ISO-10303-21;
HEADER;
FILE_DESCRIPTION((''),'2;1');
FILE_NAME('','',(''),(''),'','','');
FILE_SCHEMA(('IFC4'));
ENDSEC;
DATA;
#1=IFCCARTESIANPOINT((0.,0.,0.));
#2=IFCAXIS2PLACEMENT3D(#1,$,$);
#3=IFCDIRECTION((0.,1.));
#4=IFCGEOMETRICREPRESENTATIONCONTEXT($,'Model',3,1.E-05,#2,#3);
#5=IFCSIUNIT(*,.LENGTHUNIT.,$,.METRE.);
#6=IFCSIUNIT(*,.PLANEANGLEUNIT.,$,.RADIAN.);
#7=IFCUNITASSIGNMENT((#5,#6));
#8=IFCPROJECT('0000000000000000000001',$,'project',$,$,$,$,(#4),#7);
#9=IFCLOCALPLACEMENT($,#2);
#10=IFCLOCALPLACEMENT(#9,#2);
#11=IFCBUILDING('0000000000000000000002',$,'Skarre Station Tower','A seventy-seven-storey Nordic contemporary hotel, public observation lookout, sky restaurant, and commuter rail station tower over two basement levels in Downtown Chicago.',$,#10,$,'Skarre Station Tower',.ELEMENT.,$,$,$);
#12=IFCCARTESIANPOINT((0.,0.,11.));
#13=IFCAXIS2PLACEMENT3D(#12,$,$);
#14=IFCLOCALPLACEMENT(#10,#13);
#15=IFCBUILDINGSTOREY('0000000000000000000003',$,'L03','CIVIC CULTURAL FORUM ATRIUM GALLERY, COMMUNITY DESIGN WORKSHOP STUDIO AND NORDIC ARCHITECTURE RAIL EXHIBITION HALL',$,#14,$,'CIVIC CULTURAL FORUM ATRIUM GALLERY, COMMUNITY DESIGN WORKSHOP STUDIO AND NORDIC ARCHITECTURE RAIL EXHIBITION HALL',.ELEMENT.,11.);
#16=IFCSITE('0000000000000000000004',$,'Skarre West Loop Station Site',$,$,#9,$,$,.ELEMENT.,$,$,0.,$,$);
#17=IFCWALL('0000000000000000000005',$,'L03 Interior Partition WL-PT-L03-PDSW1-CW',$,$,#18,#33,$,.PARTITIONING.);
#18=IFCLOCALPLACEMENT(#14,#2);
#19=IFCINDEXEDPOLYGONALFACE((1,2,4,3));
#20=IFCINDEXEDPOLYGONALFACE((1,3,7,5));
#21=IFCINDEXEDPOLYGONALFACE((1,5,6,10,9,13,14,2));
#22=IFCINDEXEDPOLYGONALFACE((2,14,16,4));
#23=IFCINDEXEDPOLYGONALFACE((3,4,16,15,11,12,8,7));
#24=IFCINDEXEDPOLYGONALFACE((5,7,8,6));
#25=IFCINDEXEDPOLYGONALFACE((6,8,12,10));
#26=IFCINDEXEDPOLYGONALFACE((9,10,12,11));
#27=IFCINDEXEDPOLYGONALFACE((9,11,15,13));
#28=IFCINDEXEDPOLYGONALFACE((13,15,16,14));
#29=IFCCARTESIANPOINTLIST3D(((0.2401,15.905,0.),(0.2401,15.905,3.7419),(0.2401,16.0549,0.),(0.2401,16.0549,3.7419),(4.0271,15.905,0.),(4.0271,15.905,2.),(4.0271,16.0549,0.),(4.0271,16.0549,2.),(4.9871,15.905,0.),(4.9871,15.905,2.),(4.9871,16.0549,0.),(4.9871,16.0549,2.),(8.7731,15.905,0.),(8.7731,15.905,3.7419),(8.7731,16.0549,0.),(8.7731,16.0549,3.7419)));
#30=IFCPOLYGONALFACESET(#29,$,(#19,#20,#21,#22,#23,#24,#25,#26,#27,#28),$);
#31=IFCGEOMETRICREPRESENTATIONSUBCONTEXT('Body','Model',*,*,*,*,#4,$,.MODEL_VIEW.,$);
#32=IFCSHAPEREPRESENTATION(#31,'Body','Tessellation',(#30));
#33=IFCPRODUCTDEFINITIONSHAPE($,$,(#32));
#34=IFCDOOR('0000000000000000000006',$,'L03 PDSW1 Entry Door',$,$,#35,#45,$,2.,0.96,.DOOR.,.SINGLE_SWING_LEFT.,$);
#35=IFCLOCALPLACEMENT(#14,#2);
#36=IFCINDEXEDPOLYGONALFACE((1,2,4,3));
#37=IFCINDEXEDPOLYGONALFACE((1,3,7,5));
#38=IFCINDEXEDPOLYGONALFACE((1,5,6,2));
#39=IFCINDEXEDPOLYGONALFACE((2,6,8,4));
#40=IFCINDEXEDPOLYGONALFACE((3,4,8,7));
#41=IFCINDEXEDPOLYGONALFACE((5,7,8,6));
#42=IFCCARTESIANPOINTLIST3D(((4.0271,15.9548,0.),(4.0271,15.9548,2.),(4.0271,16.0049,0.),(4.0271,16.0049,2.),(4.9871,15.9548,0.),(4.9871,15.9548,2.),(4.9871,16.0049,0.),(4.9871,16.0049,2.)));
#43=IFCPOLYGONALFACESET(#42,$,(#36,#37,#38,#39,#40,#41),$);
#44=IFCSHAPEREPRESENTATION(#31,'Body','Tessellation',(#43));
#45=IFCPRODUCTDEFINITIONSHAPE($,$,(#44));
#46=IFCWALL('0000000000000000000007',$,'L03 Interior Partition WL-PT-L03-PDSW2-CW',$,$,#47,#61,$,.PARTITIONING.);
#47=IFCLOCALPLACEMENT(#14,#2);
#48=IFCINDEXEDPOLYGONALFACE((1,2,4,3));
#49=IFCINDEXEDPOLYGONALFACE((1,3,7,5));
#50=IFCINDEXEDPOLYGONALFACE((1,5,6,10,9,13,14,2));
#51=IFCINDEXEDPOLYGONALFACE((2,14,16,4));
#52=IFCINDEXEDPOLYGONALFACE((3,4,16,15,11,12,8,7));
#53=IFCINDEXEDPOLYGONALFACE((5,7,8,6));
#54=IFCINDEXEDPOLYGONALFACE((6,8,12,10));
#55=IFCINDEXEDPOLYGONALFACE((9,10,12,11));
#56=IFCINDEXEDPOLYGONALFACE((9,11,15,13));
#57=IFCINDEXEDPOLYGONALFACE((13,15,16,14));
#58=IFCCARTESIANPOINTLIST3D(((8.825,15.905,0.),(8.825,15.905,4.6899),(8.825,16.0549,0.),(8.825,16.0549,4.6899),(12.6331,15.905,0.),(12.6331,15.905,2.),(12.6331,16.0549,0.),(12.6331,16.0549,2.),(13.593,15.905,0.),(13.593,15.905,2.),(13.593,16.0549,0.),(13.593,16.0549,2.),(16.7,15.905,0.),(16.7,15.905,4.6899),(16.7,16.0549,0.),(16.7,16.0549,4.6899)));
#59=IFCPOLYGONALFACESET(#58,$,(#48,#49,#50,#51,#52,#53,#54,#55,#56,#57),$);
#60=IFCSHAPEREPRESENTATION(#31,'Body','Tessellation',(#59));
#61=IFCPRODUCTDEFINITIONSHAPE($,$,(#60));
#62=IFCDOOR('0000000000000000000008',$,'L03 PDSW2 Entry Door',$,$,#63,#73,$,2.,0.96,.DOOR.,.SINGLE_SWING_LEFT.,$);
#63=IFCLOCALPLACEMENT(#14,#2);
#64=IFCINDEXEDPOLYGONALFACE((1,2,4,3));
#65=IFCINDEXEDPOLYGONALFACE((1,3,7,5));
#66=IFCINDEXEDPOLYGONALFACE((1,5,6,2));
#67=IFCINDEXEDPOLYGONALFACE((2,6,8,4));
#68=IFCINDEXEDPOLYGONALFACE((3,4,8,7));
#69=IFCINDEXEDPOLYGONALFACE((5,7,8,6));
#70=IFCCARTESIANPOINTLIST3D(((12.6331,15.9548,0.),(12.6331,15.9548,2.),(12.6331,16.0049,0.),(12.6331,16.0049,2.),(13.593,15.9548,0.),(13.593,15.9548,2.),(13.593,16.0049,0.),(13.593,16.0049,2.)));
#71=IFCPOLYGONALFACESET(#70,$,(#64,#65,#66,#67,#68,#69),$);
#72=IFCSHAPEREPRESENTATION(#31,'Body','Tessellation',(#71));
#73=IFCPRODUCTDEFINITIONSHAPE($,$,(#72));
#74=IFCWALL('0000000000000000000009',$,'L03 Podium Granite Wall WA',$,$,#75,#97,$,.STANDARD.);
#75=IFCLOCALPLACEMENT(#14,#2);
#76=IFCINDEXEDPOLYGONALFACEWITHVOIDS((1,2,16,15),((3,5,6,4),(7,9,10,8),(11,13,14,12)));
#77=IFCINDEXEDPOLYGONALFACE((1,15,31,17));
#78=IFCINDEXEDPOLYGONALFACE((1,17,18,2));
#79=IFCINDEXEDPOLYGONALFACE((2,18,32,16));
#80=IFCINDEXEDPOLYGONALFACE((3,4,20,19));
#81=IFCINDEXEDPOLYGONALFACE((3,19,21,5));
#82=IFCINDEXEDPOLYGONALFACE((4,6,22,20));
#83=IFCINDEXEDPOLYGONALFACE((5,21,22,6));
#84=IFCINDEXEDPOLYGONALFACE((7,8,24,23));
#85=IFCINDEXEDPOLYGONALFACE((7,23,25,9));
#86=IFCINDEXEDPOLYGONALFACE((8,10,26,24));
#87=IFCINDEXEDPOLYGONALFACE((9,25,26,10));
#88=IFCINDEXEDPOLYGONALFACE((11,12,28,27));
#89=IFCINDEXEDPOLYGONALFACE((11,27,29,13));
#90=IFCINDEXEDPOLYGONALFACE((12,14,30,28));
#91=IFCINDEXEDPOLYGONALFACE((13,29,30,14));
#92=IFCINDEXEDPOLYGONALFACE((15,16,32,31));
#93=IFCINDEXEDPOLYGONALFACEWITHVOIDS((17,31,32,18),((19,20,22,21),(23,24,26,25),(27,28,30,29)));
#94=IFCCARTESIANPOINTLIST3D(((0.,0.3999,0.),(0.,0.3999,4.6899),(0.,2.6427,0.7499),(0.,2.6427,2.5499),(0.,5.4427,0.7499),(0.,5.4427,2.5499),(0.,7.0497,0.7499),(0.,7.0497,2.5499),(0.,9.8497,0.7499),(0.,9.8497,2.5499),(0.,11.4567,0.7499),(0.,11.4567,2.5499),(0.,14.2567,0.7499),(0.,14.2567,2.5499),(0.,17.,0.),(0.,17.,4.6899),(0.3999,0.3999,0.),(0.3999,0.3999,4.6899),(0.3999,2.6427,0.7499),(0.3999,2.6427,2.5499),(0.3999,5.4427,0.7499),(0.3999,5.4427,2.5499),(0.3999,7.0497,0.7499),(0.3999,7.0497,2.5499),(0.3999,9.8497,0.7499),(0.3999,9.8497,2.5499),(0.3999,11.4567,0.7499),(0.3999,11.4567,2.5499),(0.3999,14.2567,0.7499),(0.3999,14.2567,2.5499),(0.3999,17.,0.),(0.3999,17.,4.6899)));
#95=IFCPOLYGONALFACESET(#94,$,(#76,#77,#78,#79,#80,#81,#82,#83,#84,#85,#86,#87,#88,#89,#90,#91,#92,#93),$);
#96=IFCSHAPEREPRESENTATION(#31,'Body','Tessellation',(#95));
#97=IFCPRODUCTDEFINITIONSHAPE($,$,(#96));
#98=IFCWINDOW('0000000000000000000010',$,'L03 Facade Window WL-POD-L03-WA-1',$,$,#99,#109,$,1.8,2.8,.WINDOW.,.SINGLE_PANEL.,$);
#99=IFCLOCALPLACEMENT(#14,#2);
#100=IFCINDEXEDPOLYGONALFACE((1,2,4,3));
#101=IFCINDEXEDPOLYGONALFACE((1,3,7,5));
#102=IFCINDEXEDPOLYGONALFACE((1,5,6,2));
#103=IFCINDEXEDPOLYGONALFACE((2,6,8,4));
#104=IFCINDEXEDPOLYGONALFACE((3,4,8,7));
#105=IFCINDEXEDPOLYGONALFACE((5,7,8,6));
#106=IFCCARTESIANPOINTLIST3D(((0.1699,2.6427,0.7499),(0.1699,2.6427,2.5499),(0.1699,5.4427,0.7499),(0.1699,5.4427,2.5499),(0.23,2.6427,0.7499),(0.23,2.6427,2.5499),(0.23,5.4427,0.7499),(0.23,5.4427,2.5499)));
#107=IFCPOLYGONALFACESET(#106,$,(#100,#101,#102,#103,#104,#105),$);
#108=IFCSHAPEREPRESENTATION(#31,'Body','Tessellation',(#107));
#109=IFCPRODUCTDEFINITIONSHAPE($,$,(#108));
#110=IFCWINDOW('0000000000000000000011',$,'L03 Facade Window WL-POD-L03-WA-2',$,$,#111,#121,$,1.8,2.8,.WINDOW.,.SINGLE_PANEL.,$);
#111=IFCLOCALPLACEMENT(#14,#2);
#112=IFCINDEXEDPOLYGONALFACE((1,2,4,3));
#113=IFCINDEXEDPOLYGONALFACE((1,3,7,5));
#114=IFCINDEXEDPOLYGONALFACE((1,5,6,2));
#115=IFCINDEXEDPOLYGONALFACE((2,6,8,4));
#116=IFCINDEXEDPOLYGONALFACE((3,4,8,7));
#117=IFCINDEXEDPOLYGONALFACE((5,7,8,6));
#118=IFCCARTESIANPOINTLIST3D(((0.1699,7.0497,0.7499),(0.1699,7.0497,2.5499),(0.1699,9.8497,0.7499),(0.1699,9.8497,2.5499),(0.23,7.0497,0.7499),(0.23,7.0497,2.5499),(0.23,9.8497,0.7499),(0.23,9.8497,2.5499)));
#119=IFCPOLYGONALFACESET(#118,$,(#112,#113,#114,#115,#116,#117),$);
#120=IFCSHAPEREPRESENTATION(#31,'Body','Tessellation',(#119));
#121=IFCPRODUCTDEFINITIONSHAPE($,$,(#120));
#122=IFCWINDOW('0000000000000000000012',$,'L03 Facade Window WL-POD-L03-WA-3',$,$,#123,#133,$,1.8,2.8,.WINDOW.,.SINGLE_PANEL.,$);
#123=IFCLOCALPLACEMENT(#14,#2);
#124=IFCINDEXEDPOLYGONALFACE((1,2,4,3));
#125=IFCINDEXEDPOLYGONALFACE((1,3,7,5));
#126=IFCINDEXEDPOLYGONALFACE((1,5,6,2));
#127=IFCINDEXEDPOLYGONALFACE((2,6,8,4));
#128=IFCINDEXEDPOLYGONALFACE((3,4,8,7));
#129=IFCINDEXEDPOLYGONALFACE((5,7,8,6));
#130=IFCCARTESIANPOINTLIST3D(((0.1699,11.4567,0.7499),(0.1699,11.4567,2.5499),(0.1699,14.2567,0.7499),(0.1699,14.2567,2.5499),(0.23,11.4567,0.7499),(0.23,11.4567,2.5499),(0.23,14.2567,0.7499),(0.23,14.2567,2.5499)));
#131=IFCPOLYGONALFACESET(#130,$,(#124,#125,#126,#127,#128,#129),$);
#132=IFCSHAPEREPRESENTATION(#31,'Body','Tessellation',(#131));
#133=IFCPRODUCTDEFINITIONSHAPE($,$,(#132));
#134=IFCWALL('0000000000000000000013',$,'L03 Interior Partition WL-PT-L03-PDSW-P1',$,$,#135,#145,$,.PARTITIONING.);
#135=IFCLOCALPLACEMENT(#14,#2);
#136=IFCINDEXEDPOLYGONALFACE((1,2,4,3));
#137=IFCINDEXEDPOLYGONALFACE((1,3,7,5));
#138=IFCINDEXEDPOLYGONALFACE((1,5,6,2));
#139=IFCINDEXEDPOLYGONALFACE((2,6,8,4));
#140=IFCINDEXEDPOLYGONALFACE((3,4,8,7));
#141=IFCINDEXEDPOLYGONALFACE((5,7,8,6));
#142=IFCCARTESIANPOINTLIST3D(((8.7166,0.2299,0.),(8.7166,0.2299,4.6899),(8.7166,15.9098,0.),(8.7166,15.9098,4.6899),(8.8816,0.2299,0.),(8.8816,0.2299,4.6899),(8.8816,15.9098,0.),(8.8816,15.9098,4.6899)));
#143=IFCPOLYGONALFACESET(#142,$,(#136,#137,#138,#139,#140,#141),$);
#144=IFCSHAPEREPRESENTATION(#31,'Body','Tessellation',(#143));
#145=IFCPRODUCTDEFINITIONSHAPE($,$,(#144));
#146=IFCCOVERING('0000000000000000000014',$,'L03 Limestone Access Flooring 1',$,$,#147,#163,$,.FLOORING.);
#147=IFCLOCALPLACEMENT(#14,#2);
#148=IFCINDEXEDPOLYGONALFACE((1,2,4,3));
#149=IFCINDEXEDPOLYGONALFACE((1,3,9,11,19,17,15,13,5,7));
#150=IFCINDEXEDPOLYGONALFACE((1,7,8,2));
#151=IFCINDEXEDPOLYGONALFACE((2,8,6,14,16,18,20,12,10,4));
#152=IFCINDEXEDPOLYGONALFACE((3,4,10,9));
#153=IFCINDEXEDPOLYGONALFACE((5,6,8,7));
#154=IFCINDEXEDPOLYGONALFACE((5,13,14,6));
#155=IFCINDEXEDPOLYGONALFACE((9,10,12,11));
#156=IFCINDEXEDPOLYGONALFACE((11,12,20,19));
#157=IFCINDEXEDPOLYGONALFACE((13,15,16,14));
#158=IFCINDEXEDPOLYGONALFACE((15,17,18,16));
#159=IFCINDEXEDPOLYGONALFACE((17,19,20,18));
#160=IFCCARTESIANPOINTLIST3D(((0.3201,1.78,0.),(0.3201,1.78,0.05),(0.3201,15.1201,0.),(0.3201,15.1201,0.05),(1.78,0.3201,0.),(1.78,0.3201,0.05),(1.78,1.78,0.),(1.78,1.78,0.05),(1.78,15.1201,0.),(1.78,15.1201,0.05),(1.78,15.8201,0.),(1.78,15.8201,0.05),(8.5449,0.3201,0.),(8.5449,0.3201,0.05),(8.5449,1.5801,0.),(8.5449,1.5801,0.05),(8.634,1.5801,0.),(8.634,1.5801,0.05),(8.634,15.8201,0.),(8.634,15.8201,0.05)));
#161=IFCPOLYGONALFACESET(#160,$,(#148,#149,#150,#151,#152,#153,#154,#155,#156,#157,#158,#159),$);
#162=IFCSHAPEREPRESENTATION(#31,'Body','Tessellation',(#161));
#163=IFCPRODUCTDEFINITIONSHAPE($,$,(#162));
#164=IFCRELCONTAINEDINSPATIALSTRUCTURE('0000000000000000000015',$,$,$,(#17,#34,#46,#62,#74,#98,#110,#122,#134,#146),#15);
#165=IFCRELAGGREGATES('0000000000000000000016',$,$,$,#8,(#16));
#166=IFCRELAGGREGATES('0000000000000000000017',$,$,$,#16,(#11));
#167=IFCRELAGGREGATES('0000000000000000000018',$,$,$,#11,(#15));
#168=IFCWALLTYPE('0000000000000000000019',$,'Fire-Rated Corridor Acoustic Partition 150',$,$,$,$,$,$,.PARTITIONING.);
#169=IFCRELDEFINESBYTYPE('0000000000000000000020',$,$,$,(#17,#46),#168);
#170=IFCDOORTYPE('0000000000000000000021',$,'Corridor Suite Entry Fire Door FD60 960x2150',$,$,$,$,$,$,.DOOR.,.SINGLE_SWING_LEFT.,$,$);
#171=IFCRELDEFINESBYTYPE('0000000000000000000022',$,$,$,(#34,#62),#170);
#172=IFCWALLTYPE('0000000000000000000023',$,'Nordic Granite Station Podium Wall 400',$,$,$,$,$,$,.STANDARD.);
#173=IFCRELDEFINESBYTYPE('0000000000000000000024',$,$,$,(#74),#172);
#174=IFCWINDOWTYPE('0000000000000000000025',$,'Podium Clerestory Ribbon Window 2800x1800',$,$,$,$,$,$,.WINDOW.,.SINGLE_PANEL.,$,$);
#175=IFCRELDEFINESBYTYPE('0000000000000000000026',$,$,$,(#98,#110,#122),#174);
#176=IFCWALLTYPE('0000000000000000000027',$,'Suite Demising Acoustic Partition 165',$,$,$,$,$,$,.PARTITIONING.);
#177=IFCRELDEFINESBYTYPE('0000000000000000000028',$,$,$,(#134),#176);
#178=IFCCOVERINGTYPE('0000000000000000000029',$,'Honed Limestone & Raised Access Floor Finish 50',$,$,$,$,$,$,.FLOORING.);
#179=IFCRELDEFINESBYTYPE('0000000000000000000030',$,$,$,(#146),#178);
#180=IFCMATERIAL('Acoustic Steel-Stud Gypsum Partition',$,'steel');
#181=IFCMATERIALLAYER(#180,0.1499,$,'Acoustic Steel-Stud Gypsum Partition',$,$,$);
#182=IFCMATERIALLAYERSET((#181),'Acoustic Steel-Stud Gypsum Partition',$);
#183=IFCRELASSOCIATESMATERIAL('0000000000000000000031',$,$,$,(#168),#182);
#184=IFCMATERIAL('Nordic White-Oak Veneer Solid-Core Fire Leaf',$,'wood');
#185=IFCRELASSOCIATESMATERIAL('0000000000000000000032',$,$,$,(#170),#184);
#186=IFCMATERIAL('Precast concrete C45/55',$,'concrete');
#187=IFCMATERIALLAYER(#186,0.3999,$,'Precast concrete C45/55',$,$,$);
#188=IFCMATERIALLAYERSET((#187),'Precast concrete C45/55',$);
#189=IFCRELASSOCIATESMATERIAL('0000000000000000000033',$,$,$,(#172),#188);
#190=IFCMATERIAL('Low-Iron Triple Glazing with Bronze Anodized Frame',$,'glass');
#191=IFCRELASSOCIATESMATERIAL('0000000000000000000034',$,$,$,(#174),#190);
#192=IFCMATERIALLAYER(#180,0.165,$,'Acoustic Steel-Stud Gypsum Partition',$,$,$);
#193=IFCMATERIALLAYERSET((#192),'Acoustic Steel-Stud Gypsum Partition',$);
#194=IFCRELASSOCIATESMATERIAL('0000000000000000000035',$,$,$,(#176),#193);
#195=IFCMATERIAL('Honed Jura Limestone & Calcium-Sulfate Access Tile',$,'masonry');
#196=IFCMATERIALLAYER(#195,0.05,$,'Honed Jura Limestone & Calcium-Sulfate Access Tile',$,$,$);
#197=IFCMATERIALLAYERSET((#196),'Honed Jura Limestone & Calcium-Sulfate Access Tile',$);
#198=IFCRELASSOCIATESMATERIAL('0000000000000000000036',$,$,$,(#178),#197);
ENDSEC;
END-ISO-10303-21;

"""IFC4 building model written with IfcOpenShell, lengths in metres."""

from ifc_helpers import new_model, si_unit, direction, frame, frame_2d, origin, place, context, subcontext, project, spatial, polyline, rectangle, outline, extrude, material, layer, layer_set, type_object, element, fill, save


model = new_model("IFC4")

# Units and contexts
model_context = context("Model", 3, precision=1e-05, world=origin(), true_north=direction((0.0, 1.0)))
body_context = subcontext(model_context, "Body", "Model", "MODEL_VIEW")
ifc_project = project(units=[si_unit("LENGTHUNIT", "METRE"), si_unit("PLANEANGLEUNIT", "RADIAN")], contexts=[model_context])

# Site, building, storey
site_placement = place(None, origin())
site = spatial("IfcSite", under=ifc_project, at=site_placement, Name="Skarre West Loop Station Site", CompositionType="ELEMENT", RefElevation=0.0)
building_placement = place(site_placement, origin())
building = spatial("IfcBuilding", under=site, at=building_placement, Name="Skarre Station Tower", Description="A seventy-seven-storey Nordic contemporary hotel, public observation lookout, sky restaurant, and commuter rail station tower over two basement levels in Downtown Chicago.", LongName="Skarre Station Tower", CompositionType="ELEMENT")
storey_placement = place(building_placement, frame((0.0, 0.0, 11.0)))
storey = spatial("IfcBuildingStorey", under=building, at=storey_placement, Name="L03", Description="CIVIC CULTURAL FORUM ATRIUM GALLERY, COMMUNITY DESIGN WORKSHOP STUDIO AND NORDIC ARCHITECTURE RAIL EXHIBITION HALL", LongName="CIVIC CULTURAL FORUM ATRIUM GALLERY, COMMUNITY DESIGN WORKSHOP STUDIO AND NORDIC ARCHITECTURE RAIL EXHIBITION HALL", CompositionType="ELEMENT", Elevation=11.0)

# Walls, openings, doors
ifc_material_1 = material(Name="Acoustic Steel-Stud Gypsum Partition", Category="steel")
ifc_layer_1 = layer(ifc_material_1, 0.1499, Name="Acoustic Steel-Stud Gypsum Partition")
ifc_layer_set_1 = layer_set([ifc_layer_1], Name="Acoustic Steel-Stud Gypsum Partition")
wall_type_1 = type_object("IfcWallType", Name="Fire-Rated Corridor Acoustic Partition 150", PredefinedType="PARTITIONING", material=ifc_layer_set_1)
wall_1_placement = place(storey_placement, frame((0.24, 15.98, 0.0), z_axis=(0.0, 0.0, 1.0), x_axis=(1.0, 0.0, 0.0)))
wall_1 = element("IfcWall", 1, at=wall_1_placement, inside=storey, type_object=wall_type_1, Name="L03 Interior Partition WL-PT-L03-PDSW1-CW", PredefinedType="PARTITIONING", context=body_context, shape_type="SweptSolid", body=[
    extrude(rectangle(XDim=8.533, YDim=0.1499, at=frame_2d((4.2666, 0.0))), origin(), (0.0, 0.0, 1.0), 3.7419),
])
opening_1_placement = place(wall_1_placement, frame((3.7871, 0.0, 0.0)))
opening_1 = element("IfcOpeningElement", 2, at=opening_1_placement, cuts=wall_1, PredefinedType="OPENING", context=body_context, shape_type="SweptSolid", body=[
    extrude(rectangle(XDim=0.96, YDim=2.0, at=frame_2d((0.48, 1.0))), frame((0.0, 0.085, 0.0), z_axis=(0.0, -1.0, 0.0), x_axis=(1.0, 0.0, 0.0)), (0.0, 0.0, 1.0), 0.1699),
])
ifc_material_2 = material(Name="Nordic White-Oak Veneer Solid-Core Fire Leaf", Category="wood")
door_type = type_object("IfcDoorType", Name="Corridor Suite Entry Fire Door FD60 960x2150", OperationType="SINGLE_SWING_LEFT", PredefinedType="DOOR", material=ifc_material_2)
door_1_placement = place(opening_1_placement, origin())
door_1 = element("IfcDoor", 3, at=door_1_placement, inside=storey, type_object=door_type, Name="L03 PDSW1 Entry Door", OperationType="SINGLE_SWING_LEFT", OverallHeight=2.0, OverallWidth=0.96, PredefinedType="DOOR", context=body_context, shape_type="SweptSolid", body=[
    extrude(rectangle(XDim=0.96, YDim=2.0, at=frame_2d((0.48, 1.0))), frame((0.0, 0.0249, 0.0), z_axis=(0.0, -1.0, 0.0), x_axis=(1.0, 0.0, 0.0)), (0.0, 0.0, 1.0), 0.05),
])
fill(opening_1, door_1)
wall_2_placement = place(storey_placement, frame((8.825, 15.98, 0.0), z_axis=(0.0, 0.0, 1.0), x_axis=(1.0, 0.0, 0.0)))
wall_2 = element("IfcWall", 4, at=wall_2_placement, inside=storey, type_object=wall_type_1, Name="L03 Interior Partition WL-PT-L03-PDSW2-CW", PredefinedType="PARTITIONING", context=body_context, shape_type="SweptSolid", body=[
    extrude(rectangle(XDim=7.875, YDim=0.1499, at=frame_2d((3.9375, 0.0))), origin(), (0.0, 0.0, 1.0), 4.6899),
])
opening_2_placement = place(wall_2_placement, frame((3.8081, 0.0, 0.0)))
opening_2 = element("IfcOpeningElement", 5, at=opening_2_placement, cuts=wall_2, PredefinedType="OPENING", context=body_context, shape_type="SweptSolid", body=[
    extrude(rectangle(XDim=0.96, YDim=2.0, at=frame_2d((0.48, 1.0))), frame((0.0, 0.085, 0.0), z_axis=(0.0, -1.0, 0.0), x_axis=(1.0, 0.0, 0.0)), (0.0, 0.0, 1.0), 0.1699),
])
door_2_placement = place(opening_2_placement, origin())
door_2 = element("IfcDoor", 6, at=door_2_placement, inside=storey, type_object=door_type, Name="L03 PDSW2 Entry Door", OperationType="SINGLE_SWING_LEFT", OverallHeight=2.0, OverallWidth=0.96, PredefinedType="DOOR", context=body_context, shape_type="SweptSolid", body=[
    extrude(rectangle(XDim=0.96, YDim=2.0, at=frame_2d((0.48, 1.0))), frame((0.0, 0.0249, 0.0), z_axis=(0.0, -1.0, 0.0), x_axis=(1.0, 0.0, 0.0)), (0.0, 0.0, 1.0), 0.05),
])
fill(opening_2, door_2)

# Wall, openings, windows
ifc_material_3 = material(Name="Precast concrete C45/55", Category="concrete")
ifc_layer_2 = layer(ifc_material_3, 0.3999, Name="Precast concrete C45/55")
ifc_layer_set_2 = layer_set([ifc_layer_2], Name="Precast concrete C45/55")
wall_type_2 = type_object("IfcWallType", Name="Nordic Granite Station Podium Wall 400", PredefinedType="STANDARD", material=ifc_layer_set_2)
wall_3_placement = place(storey_placement, frame((0.2, 0.3999, 0.0), z_axis=(0.0, 0.0, 1.0), x_axis=(0.0, 1.0, 0.0)))
wall_3 = element("IfcWall", 7, at=wall_3_placement, inside=storey, type_object=wall_type_2, Name="L03 Podium Granite Wall WA", PredefinedType="STANDARD", context=body_context, shape_type="SweptSolid", body=[
    extrude(rectangle(XDim=16.6001, YDim=0.3999, at=frame_2d((8.3, 0.0))), origin(), (0.0, 0.0, 1.0), 4.6899),
])
opening_3_placement = place(wall_3_placement, frame((2.2429, 0.0, 0.75)))
opening_3 = element("IfcOpeningElement", 8, at=opening_3_placement, cuts=wall_3, PredefinedType="OPENING", context=body_context, shape_type="SweptSolid", body=[
    extrude(rectangle(XDim=2.8, YDim=1.8, at=frame_2d((1.3999, 0.8999))), frame((0.0, 0.21, 0.0), z_axis=(0.0, -1.0, 0.0), x_axis=(1.0, 0.0, 0.0)), (0.0, 0.0, 1.0), 0.4199),
])
opening_4_placement = place(wall_3_placement, frame((6.6499, 0.0, 0.75)))
opening_4 = element("IfcOpeningElement", 9, at=opening_4_placement, cuts=wall_3, PredefinedType="OPENING", context=body_context, shape_type="SweptSolid", body=[
    extrude(rectangle(XDim=2.8, YDim=1.8, at=frame_2d((1.3999, 0.8999))), frame((0.0, 0.21, 0.0), z_axis=(0.0, -1.0, 0.0), x_axis=(1.0, 0.0, 0.0)), (0.0, 0.0, 1.0), 0.4199),
])
opening_5_placement = place(wall_3_placement, frame((11.0569, 0.0, 0.75)))
opening_5 = element("IfcOpeningElement", 10, at=opening_5_placement, cuts=wall_3, PredefinedType="OPENING", context=body_context, shape_type="SweptSolid", body=[
    extrude(rectangle(XDim=2.8, YDim=1.8, at=frame_2d((1.3999, 0.8999))), frame((0.0, 0.21, 0.0), z_axis=(0.0, -1.0, 0.0), x_axis=(1.0, 0.0, 0.0)), (0.0, 0.0, 1.0), 0.4199),
])
ifc_material_4 = material(Name="Low-Iron Triple Glazing with Bronze Anodized Frame", Category="glass")
window_type = type_object("IfcWindowType", Name="Podium Clerestory Ribbon Window 2800x1800", PartitioningType="SINGLE_PANEL", PredefinedType="WINDOW", material=ifc_material_4)
window_1_placement = place(opening_3_placement, origin())
window_1 = element("IfcWindow", 11, at=window_1_placement, inside=storey, type_object=window_type, Name="L03 Facade Window WL-POD-L03-WA-1", OverallHeight=1.8, OverallWidth=2.8, PartitioningType="SINGLE_PANEL", PredefinedType="WINDOW", context=body_context, shape_type="SweptSolid", body=[
    extrude(rectangle(XDim=2.8, YDim=1.8, at=frame_2d((1.3999, 0.8999))), frame((0.0, 0.03, 0.0), z_axis=(0.0, -1.0, 0.0), x_axis=(1.0, 0.0, 0.0)), (0.0, 0.0, 1.0), 0.0601),
])
fill(opening_3, window_1)
window_2_placement = place(opening_4_placement, origin())
window_2 = element("IfcWindow", 12, at=window_2_placement, inside=storey, type_object=window_type, Name="L03 Facade Window WL-POD-L03-WA-2", OverallHeight=1.8, OverallWidth=2.8, PartitioningType="SINGLE_PANEL", PredefinedType="WINDOW", context=body_context, shape_type="SweptSolid", body=[
    extrude(rectangle(XDim=2.8, YDim=1.8, at=frame_2d((1.3999, 0.8999))), frame((0.0, 0.03, 0.0), z_axis=(0.0, -1.0, 0.0), x_axis=(1.0, 0.0, 0.0)), (0.0, 0.0, 1.0), 0.0601),
])
fill(opening_4, window_2)
window_3_placement = place(opening_5_placement, origin())
window_3 = element("IfcWindow", 13, at=window_3_placement, inside=storey, type_object=window_type, Name="L03 Facade Window WL-POD-L03-WA-3", OverallHeight=1.8, OverallWidth=2.8, PartitioningType="SINGLE_PANEL", PredefinedType="WINDOW", context=body_context, shape_type="SweptSolid", body=[
    extrude(rectangle(XDim=2.8, YDim=1.8, at=frame_2d((1.3999, 0.8999))), frame((0.0, 0.03, 0.0), z_axis=(0.0, -1.0, 0.0), x_axis=(1.0, 0.0, 0.0)), (0.0, 0.0, 1.0), 0.0601),
])
fill(opening_5, window_3)

# Wall
ifc_layer_3 = layer(ifc_material_1, 0.165, Name="Acoustic Steel-Stud Gypsum Partition")
ifc_layer_set_3 = layer_set([ifc_layer_3], Name="Acoustic Steel-Stud Gypsum Partition")
wall_type_3 = type_object("IfcWallType", Name="Suite Demising Acoustic Partition 165", PredefinedType="PARTITIONING", material=ifc_layer_set_3)
wall_4_placement = place(storey_placement, frame((8.7991, 0.23, 0.0), z_axis=(0.0, 0.0, 1.0), x_axis=(0.0, 1.0, 0.0)))
element("IfcWall", 14, at=wall_4_placement, inside=storey, type_object=wall_type_3, Name="L03 Interior Partition WL-PT-L03-PDSW-P1", PredefinedType="PARTITIONING", context=body_context, shape_type="SweptSolid", body=[
    extrude(rectangle(XDim=15.6799, YDim=0.165, at=frame_2d((7.8398, 0.0))), origin(), (0.0, 0.0, 1.0), 4.6899),
])

# Covering
ifc_material_5 = material(Name="Honed Jura Limestone & Calcium-Sulfate Access Tile", Category="masonry")
ifc_layer_4 = layer(ifc_material_5, 0.05, Name="Honed Jura Limestone & Calcium-Sulfate Access Tile")
ifc_layer_set_4 = layer_set([ifc_layer_4], Name="Honed Jura Limestone & Calcium-Sulfate Access Tile")
covering_type_1 = type_object("IfcCoveringType", Name="Honed Limestone & Raised Access Floor Finish 50", PredefinedType="FLOORING", material=ifc_layer_set_4)
covering_1_placement = place(storey_placement, origin())
element("IfcCovering", 15, at=covering_1_placement, inside=storey, type_object=covering_type_1, Name="L03 Limestone Access Flooring 1", PredefinedType="FLOORING", context=body_context, shape_type="SweptSolid", body=[
    extrude(outline(polyline([(1.78, 0.3201), (8.5449, 0.3201), (8.5449, 1.5801), (8.634, 1.5801), (8.634, 15.8201), (1.78, 15.8201), (1.78, 15.1201), (0.3201, 15.1201), (0.3201, 1.78), (1.78, 1.78), (1.78, 0.3201)])), origin(), (0.0, 0.0, 1.0), 0.05),
])

save(model, "model.ifc")
